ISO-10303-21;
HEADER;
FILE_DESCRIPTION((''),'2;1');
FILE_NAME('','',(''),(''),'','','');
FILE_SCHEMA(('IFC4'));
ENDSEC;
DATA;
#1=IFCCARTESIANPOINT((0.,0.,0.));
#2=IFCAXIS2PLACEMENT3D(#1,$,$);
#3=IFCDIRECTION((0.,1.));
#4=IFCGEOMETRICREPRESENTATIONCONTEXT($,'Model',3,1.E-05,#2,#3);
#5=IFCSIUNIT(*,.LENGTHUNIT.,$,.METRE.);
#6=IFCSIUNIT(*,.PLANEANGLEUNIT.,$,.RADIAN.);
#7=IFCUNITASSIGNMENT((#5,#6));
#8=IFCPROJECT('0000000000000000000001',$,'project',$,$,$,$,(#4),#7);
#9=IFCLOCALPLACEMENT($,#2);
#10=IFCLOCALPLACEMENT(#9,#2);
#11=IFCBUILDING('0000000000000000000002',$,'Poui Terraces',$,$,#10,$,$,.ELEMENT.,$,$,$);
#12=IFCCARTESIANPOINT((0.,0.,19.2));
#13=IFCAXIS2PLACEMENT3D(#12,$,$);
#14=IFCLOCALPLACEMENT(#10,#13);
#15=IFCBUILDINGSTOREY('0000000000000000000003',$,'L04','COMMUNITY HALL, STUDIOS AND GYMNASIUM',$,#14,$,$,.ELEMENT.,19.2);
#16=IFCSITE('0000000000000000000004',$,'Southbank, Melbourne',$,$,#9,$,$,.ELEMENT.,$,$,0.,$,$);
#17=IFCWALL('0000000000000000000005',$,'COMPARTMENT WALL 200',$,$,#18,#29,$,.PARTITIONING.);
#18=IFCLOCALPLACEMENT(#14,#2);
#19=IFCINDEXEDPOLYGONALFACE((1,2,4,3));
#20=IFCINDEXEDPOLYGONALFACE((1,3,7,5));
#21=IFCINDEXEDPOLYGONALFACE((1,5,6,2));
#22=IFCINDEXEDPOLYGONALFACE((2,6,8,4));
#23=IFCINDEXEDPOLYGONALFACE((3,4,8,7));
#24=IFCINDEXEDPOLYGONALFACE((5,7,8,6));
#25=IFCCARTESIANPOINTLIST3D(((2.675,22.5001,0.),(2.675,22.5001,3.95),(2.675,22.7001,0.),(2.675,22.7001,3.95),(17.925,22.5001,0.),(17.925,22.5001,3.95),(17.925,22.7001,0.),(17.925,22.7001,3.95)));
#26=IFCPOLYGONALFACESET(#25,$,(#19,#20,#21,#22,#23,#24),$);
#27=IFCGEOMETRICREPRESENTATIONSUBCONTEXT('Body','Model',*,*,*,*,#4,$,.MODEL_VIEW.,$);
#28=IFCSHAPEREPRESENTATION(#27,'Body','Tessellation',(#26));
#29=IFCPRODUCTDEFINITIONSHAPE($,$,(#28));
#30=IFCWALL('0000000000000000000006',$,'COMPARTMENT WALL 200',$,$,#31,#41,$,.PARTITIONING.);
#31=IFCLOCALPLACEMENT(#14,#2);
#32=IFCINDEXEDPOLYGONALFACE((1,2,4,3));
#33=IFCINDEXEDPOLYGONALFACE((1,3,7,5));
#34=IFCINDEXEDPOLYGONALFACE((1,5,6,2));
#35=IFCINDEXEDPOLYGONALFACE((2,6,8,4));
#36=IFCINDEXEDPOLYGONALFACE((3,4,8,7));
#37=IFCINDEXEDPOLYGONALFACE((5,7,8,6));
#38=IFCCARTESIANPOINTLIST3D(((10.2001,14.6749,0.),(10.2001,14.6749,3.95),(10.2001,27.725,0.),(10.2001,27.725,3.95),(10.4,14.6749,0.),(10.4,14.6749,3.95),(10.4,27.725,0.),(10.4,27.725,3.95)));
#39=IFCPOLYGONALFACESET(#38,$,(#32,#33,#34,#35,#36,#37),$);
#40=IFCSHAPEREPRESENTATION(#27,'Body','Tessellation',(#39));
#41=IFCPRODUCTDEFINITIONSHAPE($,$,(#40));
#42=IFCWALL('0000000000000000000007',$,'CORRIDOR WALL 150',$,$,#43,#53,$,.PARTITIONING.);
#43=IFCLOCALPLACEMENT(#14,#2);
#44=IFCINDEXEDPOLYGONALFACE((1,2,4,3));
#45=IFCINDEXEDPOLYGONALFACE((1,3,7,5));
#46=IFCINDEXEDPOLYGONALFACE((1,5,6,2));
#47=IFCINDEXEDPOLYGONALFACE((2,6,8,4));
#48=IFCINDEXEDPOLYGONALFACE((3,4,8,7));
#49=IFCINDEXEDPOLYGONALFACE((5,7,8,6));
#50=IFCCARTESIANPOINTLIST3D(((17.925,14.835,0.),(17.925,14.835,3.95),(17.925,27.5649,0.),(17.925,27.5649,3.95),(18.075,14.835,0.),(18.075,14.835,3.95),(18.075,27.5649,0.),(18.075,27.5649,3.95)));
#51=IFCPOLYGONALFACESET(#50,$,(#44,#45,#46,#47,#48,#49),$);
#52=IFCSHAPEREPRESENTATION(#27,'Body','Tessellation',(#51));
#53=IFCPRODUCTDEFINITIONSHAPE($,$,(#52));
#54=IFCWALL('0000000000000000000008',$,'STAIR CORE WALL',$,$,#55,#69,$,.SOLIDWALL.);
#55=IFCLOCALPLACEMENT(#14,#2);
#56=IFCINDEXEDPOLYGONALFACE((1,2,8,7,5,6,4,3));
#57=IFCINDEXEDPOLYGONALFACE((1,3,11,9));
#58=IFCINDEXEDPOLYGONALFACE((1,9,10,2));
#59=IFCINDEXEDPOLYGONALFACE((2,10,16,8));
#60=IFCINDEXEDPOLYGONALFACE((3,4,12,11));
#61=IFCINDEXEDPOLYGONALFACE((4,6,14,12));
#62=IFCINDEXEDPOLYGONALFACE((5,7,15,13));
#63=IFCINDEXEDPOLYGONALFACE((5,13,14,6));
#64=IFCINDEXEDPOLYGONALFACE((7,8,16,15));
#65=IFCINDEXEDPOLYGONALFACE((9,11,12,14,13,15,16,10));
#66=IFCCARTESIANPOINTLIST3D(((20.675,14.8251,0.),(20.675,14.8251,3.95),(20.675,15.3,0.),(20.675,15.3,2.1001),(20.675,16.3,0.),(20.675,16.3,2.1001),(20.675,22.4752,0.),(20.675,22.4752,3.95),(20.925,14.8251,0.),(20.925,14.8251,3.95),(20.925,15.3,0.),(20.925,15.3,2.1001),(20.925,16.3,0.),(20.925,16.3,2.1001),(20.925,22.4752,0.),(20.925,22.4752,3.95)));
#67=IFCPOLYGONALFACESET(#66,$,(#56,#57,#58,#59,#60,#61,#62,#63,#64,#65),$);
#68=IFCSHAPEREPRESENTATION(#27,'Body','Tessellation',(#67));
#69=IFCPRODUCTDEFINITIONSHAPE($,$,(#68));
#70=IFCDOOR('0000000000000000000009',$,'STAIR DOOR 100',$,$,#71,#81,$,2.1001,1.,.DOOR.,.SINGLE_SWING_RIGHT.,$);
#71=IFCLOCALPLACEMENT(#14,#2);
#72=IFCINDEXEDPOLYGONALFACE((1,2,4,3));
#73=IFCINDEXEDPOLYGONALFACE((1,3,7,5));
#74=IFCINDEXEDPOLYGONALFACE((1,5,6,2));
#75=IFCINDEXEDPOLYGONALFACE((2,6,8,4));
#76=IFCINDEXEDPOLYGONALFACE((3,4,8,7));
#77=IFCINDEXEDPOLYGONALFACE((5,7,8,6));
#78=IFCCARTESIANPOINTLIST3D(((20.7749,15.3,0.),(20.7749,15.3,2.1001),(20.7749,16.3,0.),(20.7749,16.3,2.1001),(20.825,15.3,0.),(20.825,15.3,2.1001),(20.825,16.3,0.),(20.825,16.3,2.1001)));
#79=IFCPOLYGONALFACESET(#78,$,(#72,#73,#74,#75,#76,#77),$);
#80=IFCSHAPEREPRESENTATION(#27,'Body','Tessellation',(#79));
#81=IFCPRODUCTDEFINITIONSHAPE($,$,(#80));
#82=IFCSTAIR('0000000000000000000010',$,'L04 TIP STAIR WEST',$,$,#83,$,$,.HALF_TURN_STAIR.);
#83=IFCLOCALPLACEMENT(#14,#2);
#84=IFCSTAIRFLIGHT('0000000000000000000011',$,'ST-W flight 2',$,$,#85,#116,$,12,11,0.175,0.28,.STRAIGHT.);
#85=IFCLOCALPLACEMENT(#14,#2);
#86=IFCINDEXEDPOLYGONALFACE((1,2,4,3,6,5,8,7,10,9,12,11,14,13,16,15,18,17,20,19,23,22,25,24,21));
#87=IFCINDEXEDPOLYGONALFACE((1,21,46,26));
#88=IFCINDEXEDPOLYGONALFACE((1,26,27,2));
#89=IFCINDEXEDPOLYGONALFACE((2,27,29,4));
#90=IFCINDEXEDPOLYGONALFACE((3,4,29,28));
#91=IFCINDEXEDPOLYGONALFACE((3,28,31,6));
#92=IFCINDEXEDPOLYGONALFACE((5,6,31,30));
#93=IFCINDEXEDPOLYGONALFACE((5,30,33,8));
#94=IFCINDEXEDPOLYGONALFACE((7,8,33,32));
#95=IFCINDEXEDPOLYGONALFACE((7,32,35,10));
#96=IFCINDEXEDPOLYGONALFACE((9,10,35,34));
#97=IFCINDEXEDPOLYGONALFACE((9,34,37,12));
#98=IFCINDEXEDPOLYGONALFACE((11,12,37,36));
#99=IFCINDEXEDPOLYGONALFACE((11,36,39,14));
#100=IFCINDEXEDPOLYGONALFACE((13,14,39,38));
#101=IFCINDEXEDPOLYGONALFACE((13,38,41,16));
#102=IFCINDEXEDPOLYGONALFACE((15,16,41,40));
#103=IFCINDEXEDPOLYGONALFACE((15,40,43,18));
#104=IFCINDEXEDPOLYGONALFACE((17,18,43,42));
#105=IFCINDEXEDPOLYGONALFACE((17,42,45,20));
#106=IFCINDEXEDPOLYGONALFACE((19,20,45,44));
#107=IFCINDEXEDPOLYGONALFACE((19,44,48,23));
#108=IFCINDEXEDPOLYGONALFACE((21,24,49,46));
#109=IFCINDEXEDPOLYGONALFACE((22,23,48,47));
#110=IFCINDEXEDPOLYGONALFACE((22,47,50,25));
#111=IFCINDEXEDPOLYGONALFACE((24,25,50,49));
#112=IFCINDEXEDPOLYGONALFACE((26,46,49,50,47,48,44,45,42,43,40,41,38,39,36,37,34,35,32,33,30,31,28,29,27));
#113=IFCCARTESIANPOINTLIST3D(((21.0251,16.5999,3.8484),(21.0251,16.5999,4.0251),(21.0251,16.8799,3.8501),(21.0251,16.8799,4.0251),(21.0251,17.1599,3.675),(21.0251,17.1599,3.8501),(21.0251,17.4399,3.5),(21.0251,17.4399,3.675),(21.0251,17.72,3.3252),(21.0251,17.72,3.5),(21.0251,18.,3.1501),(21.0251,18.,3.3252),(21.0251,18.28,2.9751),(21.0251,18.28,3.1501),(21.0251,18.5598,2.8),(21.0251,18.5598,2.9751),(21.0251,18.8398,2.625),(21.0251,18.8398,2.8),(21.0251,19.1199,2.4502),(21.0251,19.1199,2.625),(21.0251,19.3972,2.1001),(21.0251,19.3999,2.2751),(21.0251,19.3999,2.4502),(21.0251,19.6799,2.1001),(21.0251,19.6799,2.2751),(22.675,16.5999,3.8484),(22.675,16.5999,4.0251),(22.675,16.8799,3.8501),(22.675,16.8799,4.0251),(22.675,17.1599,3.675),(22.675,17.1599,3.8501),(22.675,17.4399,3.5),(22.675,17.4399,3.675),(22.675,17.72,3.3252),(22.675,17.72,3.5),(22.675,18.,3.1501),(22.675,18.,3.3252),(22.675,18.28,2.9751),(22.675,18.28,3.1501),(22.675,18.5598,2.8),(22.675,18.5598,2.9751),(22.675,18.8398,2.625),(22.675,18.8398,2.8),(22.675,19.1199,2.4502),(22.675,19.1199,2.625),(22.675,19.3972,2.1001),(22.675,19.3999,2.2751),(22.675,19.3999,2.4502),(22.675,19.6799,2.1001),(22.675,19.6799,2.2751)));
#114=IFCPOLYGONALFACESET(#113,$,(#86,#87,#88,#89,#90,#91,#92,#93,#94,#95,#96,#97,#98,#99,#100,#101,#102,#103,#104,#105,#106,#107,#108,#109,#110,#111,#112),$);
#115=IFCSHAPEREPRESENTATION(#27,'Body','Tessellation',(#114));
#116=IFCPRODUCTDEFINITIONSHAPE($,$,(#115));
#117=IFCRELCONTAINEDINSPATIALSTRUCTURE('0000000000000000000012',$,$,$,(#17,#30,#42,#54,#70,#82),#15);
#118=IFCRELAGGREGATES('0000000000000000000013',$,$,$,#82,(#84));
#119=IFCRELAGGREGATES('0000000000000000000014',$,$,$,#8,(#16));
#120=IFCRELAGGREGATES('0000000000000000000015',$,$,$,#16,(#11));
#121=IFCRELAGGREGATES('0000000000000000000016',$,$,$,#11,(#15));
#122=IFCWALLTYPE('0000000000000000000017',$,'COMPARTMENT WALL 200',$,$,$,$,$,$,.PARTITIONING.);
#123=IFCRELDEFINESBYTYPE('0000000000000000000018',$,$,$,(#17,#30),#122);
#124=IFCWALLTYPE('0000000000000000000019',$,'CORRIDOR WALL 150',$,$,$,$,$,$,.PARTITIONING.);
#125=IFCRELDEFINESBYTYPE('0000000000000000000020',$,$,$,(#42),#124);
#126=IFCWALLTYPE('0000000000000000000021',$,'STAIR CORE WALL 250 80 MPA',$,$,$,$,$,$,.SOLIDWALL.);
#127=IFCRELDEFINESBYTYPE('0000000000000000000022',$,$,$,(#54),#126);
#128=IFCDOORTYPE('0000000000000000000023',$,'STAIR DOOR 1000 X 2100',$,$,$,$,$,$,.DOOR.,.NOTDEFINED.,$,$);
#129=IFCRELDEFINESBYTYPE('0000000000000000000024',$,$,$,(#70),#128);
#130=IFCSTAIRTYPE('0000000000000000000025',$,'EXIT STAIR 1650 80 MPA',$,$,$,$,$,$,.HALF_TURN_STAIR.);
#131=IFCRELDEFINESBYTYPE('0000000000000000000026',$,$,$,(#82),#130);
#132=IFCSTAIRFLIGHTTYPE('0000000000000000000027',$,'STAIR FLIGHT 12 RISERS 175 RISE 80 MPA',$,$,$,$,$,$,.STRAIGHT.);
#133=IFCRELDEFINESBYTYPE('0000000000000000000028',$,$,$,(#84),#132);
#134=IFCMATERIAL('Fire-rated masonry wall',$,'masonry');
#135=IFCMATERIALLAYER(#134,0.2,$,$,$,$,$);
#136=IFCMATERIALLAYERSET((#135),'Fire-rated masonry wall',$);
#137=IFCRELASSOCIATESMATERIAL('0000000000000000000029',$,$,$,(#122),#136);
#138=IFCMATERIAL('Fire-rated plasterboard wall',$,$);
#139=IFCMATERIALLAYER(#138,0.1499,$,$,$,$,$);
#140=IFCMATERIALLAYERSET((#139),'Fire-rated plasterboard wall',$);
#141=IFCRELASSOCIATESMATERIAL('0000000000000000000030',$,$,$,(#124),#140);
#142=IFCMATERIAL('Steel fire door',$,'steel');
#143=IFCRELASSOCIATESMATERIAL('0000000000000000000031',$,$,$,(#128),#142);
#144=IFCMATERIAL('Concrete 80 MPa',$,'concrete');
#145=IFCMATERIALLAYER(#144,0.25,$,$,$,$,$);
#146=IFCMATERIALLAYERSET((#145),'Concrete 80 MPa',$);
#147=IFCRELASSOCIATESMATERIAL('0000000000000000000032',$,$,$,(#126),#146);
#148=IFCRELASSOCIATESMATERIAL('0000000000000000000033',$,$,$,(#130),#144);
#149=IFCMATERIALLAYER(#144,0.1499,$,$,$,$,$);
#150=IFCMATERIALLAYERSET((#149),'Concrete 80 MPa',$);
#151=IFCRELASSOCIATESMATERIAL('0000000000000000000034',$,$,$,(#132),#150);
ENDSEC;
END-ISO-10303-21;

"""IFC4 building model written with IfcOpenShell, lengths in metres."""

from ifc_helpers import new_model, si_unit, direction, frame, frame_2d, origin, place, context, subcontext, project, spatial, polyline, rectangle, outline, extrude, material, layer, layer_set, type_object, element, fill, aggregate, save


model = new_model("IFC4")

# Units and contexts
model_context = context("Model", 3, precision=1e-05, world=origin(), true_north=direction((0.0, 1.0)))
body_context = subcontext(model_context, "Body", "Model", "MODEL_VIEW")
ifc_project = project(units=[si_unit("LENGTHUNIT", "METRE"), si_unit("PLANEANGLEUNIT", "RADIAN")], contexts=[model_context])

# Site, building, storey
site_placement = place(None, origin())
site = spatial("IfcSite", under=ifc_project, at=site_placement, Name="Southbank, Melbourne", CompositionType="ELEMENT", RefElevation=0.0)
building_placement = place(site_placement, origin())
building = spatial("IfcBuilding", under=site, at=building_placement, Name="Poui Terraces", CompositionType="ELEMENT")
storey_placement = place(building_placement, frame((0.0, 0.0, 19.2)))
storey = spatial("IfcBuildingStorey", under=building, at=storey_placement, Name="L04", Description="COMMUNITY HALL, STUDIOS AND GYMNASIUM", CompositionType="ELEMENT", Elevation=19.2)

# Walls
ifc_material_1 = material(Name="Fire-rated masonry wall", Category="masonry")
ifc_layer_1 = layer(ifc_material_1, 0.2)
ifc_layer_set_1 = layer_set([ifc_layer_1], Name="Fire-rated masonry wall")
wall_type_1 = type_object("IfcWallType", Name="COMPARTMENT WALL 200", PredefinedType="PARTITIONING", material=ifc_layer_set_1)
wall_1_placement = place(storey_placement, frame((2.675, 22.6001, 0.0), z_axis=(0.0, 0.0, 1.0), x_axis=(1.0, 0.0, 0.0)))
element("IfcWall", 1, at=wall_1_placement, inside=storey, type_object=wall_type_1, Name="COMPARTMENT WALL 200", PredefinedType="PARTITIONING", context=body_context, shape_type="SweptSolid", body=[
    extrude(rectangle(XDim=15.25, YDim=0.2, at=frame_2d((7.625, 0.0))), origin(), (0.0, 0.0, 1.0), 3.95),
])
wall_2_placement = place(storey_placement, frame((10.3, 14.675, 0.0), z_axis=(0.0, 0.0, 1.0), x_axis=(0.0, 1.0, 0.0)))
element("IfcWall", 2, at=wall_2_placement, inside=storey, type_object=wall_type_1, Name="COMPARTMENT WALL 200", PredefinedType="PARTITIONING", context=body_context, shape_type="SweptSolid", body=[
    extrude(rectangle(XDim=13.05, YDim=0.2, at=frame_2d((6.5249, 0.0))), origin(), (0.0, 0.0, 1.0), 3.95),
])
ifc_material_2 = material(Name="Fire-rated plasterboard wall")
ifc_layer_2 = layer(ifc_material_2, 0.1499)
ifc_layer_set_2 = layer_set([ifc_layer_2], Name="Fire-rated plasterboard wall")
wall_type_2 = type_object("IfcWallType", Name="CORRIDOR WALL 150", PredefinedType="PARTITIONING", material=ifc_layer_set_2)
wall_3_placement = place(storey_placement, frame((18.0, 14.835, 0.0), z_axis=(0.0, 0.0, 1.0), x_axis=(0.0, 1.0, 0.0)))
element("IfcWall", 3, at=wall_3_placement, inside=storey, type_object=wall_type_2, Name="CORRIDOR WALL 150", PredefinedType="PARTITIONING", context=body_context, shape_type="SweptSolid", body=[
    extrude(rectangle(XDim=12.73, YDim=0.1499, at=frame_2d((6.365, 0.0))), origin(), (0.0, 0.0, 1.0), 3.95),
])

# Shared definitions
ifc_material_3 = material(Name="Concrete 80 MPa", Category="concrete")
ifc_material_4 = material(Name="Steel fire door", Category="steel")
door_type_1 = type_object("IfcDoorType", Name="STAIR DOOR 1000 X 2100", OperationType="NOTDEFINED", PredefinedType="DOOR", material=ifc_material_4)

# Wall, opening, door
ifc_layer_3 = layer(ifc_material_3, 0.25)
ifc_layer_set_3 = layer_set([ifc_layer_3], Name="Concrete 80 MPa")
wall_type_3 = type_object("IfcWallType", Name="STAIR CORE WALL 250 80 MPA", PredefinedType="SOLIDWALL", material=ifc_layer_set_3)
wall_4_placement = place(storey_placement, frame((20.8, 14.825, 0.0), z_axis=(0.0, 0.0, 1.0), x_axis=(0.0, 1.0, 0.0)))
wall_4 = element("IfcWall", 4, at=wall_4_placement, inside=storey, type_object=wall_type_3, Name="STAIR CORE WALL", PredefinedType="SOLIDWALL", context=body_context, shape_type="SweptSolid", body=[
    extrude(rectangle(XDim=7.6501, YDim=0.25, at=frame_2d((3.8252, 0.0))), origin(), (0.0, 0.0, 1.0), 3.95),
])
opening_1_placement = place(wall_4_placement, frame((0.4751, 0.0, 0.0)))
opening_1 = element("IfcOpeningElement", 5, at=opening_1_placement, cuts=wall_4, PredefinedType="OPENING", context=body_context, shape_type="SweptSolid", body=[
    extrude(rectangle(XDim=1.0, YDim=2.1001, at=frame_2d((0.5, 1.05))), frame((0.0, 0.135, 0.0), z_axis=(0.0, -1.0, 0.0), x_axis=(1.0, 0.0, 0.0)), (0.0, 0.0, 1.0), 0.27),
])
door_1_placement = place(opening_1_placement, frame((1.0, 0.0, 0.0), z_axis=(0.0, 0.0, 1.0), x_axis=(-1.0, 0.0, 0.0)))
door_1 = element("IfcDoor", 6, at=door_1_placement, inside=storey, type_object=door_type_1, Name="STAIR DOOR 100", OperationType="SINGLE_SWING_RIGHT", OverallHeight=2.1001, OverallWidth=1.0, PredefinedType="DOOR", context=body_context, shape_type="SweptSolid", body=[
    extrude(rectangle(XDim=1.0, YDim=2.1001, at=frame_2d((0.5, 1.05))), frame((0.0, 0.0249, 0.0), z_axis=(0.0, -1.0, 0.0), x_axis=(1.0, 0.0, 0.0)), (0.0, 0.0, 1.0), 0.05),
])
fill(opening_1, door_1)

# Stair, stair flight
stair_type = type_object("IfcStairType", Name="EXIT STAIR 1650 80 MPA", PredefinedType="HALF_TURN_STAIR", material=ifc_material_3)
stair_placement = place(storey_placement, origin())
stair = element("IfcStair", 7, at=stair_placement, inside=storey, type_object=stair_type, Name="L04 TIP STAIR WEST", PredefinedType="HALF_TURN_STAIR")
ifc_layer_4 = layer(ifc_material_3, 0.1499)
ifc_layer_set_4 = layer_set([ifc_layer_4], Name="Concrete 80 MPa")
stair_flight_type = type_object("IfcStairFlightType", Name="STAIR FLIGHT 12 RISERS 175 RISE 80 MPA", PredefinedType="STRAIGHT", material=ifc_layer_set_4)
stair_flight_placement = place(storey_placement, frame((21.8501, 19.6799, 2.1001), z_axis=(0.0, 0.0, 1.0), x_axis=(0.0, -1.0, 0.0)))
stair_flight = element("IfcStairFlight", 8, at=stair_flight_placement, type_object=stair_flight_type, Name="ST-W flight 2", NumberOfRisers=12, NumberOfTreads=11, PredefinedType="STRAIGHT", RiserHeight=0.175, TreadLength=0.28, context=body_context, shape_type="SweptSolid", body=[
    extrude(outline(polyline([(0.0, 0.0), (0.0, 0.175), (0.28, 0.175), (0.28, 0.3501), (0.5601, 0.3501), (0.5601, 0.5249), (0.8401, 0.5249), (0.8401, 0.7), (1.1201, 0.7), (1.1201, 0.875), (1.3999, 0.875), (1.3999, 1.05), (1.6799, 1.05), (1.6799, 1.2251), (1.96, 1.2251), (1.96, 1.3999), (2.24, 1.3999), (2.24, 1.575), (2.52, 1.575), (2.52, 1.75), (2.8, 1.75), (2.8, 1.925), (3.0801, 1.925), (3.0801, 2.1001), (3.0801, 1.7483), (0.2827, 0.0), (0.0, 0.0)])), frame((0.0, 0.825, 0.0), z_axis=(0.0, -1.0, 0.0), x_axis=(1.0, 0.0, 0.0)), (0.0, 0.0, 1.0), 1.6499),
])
aggregate(stair, [stair_flight])

save(model, "model.ifc")
